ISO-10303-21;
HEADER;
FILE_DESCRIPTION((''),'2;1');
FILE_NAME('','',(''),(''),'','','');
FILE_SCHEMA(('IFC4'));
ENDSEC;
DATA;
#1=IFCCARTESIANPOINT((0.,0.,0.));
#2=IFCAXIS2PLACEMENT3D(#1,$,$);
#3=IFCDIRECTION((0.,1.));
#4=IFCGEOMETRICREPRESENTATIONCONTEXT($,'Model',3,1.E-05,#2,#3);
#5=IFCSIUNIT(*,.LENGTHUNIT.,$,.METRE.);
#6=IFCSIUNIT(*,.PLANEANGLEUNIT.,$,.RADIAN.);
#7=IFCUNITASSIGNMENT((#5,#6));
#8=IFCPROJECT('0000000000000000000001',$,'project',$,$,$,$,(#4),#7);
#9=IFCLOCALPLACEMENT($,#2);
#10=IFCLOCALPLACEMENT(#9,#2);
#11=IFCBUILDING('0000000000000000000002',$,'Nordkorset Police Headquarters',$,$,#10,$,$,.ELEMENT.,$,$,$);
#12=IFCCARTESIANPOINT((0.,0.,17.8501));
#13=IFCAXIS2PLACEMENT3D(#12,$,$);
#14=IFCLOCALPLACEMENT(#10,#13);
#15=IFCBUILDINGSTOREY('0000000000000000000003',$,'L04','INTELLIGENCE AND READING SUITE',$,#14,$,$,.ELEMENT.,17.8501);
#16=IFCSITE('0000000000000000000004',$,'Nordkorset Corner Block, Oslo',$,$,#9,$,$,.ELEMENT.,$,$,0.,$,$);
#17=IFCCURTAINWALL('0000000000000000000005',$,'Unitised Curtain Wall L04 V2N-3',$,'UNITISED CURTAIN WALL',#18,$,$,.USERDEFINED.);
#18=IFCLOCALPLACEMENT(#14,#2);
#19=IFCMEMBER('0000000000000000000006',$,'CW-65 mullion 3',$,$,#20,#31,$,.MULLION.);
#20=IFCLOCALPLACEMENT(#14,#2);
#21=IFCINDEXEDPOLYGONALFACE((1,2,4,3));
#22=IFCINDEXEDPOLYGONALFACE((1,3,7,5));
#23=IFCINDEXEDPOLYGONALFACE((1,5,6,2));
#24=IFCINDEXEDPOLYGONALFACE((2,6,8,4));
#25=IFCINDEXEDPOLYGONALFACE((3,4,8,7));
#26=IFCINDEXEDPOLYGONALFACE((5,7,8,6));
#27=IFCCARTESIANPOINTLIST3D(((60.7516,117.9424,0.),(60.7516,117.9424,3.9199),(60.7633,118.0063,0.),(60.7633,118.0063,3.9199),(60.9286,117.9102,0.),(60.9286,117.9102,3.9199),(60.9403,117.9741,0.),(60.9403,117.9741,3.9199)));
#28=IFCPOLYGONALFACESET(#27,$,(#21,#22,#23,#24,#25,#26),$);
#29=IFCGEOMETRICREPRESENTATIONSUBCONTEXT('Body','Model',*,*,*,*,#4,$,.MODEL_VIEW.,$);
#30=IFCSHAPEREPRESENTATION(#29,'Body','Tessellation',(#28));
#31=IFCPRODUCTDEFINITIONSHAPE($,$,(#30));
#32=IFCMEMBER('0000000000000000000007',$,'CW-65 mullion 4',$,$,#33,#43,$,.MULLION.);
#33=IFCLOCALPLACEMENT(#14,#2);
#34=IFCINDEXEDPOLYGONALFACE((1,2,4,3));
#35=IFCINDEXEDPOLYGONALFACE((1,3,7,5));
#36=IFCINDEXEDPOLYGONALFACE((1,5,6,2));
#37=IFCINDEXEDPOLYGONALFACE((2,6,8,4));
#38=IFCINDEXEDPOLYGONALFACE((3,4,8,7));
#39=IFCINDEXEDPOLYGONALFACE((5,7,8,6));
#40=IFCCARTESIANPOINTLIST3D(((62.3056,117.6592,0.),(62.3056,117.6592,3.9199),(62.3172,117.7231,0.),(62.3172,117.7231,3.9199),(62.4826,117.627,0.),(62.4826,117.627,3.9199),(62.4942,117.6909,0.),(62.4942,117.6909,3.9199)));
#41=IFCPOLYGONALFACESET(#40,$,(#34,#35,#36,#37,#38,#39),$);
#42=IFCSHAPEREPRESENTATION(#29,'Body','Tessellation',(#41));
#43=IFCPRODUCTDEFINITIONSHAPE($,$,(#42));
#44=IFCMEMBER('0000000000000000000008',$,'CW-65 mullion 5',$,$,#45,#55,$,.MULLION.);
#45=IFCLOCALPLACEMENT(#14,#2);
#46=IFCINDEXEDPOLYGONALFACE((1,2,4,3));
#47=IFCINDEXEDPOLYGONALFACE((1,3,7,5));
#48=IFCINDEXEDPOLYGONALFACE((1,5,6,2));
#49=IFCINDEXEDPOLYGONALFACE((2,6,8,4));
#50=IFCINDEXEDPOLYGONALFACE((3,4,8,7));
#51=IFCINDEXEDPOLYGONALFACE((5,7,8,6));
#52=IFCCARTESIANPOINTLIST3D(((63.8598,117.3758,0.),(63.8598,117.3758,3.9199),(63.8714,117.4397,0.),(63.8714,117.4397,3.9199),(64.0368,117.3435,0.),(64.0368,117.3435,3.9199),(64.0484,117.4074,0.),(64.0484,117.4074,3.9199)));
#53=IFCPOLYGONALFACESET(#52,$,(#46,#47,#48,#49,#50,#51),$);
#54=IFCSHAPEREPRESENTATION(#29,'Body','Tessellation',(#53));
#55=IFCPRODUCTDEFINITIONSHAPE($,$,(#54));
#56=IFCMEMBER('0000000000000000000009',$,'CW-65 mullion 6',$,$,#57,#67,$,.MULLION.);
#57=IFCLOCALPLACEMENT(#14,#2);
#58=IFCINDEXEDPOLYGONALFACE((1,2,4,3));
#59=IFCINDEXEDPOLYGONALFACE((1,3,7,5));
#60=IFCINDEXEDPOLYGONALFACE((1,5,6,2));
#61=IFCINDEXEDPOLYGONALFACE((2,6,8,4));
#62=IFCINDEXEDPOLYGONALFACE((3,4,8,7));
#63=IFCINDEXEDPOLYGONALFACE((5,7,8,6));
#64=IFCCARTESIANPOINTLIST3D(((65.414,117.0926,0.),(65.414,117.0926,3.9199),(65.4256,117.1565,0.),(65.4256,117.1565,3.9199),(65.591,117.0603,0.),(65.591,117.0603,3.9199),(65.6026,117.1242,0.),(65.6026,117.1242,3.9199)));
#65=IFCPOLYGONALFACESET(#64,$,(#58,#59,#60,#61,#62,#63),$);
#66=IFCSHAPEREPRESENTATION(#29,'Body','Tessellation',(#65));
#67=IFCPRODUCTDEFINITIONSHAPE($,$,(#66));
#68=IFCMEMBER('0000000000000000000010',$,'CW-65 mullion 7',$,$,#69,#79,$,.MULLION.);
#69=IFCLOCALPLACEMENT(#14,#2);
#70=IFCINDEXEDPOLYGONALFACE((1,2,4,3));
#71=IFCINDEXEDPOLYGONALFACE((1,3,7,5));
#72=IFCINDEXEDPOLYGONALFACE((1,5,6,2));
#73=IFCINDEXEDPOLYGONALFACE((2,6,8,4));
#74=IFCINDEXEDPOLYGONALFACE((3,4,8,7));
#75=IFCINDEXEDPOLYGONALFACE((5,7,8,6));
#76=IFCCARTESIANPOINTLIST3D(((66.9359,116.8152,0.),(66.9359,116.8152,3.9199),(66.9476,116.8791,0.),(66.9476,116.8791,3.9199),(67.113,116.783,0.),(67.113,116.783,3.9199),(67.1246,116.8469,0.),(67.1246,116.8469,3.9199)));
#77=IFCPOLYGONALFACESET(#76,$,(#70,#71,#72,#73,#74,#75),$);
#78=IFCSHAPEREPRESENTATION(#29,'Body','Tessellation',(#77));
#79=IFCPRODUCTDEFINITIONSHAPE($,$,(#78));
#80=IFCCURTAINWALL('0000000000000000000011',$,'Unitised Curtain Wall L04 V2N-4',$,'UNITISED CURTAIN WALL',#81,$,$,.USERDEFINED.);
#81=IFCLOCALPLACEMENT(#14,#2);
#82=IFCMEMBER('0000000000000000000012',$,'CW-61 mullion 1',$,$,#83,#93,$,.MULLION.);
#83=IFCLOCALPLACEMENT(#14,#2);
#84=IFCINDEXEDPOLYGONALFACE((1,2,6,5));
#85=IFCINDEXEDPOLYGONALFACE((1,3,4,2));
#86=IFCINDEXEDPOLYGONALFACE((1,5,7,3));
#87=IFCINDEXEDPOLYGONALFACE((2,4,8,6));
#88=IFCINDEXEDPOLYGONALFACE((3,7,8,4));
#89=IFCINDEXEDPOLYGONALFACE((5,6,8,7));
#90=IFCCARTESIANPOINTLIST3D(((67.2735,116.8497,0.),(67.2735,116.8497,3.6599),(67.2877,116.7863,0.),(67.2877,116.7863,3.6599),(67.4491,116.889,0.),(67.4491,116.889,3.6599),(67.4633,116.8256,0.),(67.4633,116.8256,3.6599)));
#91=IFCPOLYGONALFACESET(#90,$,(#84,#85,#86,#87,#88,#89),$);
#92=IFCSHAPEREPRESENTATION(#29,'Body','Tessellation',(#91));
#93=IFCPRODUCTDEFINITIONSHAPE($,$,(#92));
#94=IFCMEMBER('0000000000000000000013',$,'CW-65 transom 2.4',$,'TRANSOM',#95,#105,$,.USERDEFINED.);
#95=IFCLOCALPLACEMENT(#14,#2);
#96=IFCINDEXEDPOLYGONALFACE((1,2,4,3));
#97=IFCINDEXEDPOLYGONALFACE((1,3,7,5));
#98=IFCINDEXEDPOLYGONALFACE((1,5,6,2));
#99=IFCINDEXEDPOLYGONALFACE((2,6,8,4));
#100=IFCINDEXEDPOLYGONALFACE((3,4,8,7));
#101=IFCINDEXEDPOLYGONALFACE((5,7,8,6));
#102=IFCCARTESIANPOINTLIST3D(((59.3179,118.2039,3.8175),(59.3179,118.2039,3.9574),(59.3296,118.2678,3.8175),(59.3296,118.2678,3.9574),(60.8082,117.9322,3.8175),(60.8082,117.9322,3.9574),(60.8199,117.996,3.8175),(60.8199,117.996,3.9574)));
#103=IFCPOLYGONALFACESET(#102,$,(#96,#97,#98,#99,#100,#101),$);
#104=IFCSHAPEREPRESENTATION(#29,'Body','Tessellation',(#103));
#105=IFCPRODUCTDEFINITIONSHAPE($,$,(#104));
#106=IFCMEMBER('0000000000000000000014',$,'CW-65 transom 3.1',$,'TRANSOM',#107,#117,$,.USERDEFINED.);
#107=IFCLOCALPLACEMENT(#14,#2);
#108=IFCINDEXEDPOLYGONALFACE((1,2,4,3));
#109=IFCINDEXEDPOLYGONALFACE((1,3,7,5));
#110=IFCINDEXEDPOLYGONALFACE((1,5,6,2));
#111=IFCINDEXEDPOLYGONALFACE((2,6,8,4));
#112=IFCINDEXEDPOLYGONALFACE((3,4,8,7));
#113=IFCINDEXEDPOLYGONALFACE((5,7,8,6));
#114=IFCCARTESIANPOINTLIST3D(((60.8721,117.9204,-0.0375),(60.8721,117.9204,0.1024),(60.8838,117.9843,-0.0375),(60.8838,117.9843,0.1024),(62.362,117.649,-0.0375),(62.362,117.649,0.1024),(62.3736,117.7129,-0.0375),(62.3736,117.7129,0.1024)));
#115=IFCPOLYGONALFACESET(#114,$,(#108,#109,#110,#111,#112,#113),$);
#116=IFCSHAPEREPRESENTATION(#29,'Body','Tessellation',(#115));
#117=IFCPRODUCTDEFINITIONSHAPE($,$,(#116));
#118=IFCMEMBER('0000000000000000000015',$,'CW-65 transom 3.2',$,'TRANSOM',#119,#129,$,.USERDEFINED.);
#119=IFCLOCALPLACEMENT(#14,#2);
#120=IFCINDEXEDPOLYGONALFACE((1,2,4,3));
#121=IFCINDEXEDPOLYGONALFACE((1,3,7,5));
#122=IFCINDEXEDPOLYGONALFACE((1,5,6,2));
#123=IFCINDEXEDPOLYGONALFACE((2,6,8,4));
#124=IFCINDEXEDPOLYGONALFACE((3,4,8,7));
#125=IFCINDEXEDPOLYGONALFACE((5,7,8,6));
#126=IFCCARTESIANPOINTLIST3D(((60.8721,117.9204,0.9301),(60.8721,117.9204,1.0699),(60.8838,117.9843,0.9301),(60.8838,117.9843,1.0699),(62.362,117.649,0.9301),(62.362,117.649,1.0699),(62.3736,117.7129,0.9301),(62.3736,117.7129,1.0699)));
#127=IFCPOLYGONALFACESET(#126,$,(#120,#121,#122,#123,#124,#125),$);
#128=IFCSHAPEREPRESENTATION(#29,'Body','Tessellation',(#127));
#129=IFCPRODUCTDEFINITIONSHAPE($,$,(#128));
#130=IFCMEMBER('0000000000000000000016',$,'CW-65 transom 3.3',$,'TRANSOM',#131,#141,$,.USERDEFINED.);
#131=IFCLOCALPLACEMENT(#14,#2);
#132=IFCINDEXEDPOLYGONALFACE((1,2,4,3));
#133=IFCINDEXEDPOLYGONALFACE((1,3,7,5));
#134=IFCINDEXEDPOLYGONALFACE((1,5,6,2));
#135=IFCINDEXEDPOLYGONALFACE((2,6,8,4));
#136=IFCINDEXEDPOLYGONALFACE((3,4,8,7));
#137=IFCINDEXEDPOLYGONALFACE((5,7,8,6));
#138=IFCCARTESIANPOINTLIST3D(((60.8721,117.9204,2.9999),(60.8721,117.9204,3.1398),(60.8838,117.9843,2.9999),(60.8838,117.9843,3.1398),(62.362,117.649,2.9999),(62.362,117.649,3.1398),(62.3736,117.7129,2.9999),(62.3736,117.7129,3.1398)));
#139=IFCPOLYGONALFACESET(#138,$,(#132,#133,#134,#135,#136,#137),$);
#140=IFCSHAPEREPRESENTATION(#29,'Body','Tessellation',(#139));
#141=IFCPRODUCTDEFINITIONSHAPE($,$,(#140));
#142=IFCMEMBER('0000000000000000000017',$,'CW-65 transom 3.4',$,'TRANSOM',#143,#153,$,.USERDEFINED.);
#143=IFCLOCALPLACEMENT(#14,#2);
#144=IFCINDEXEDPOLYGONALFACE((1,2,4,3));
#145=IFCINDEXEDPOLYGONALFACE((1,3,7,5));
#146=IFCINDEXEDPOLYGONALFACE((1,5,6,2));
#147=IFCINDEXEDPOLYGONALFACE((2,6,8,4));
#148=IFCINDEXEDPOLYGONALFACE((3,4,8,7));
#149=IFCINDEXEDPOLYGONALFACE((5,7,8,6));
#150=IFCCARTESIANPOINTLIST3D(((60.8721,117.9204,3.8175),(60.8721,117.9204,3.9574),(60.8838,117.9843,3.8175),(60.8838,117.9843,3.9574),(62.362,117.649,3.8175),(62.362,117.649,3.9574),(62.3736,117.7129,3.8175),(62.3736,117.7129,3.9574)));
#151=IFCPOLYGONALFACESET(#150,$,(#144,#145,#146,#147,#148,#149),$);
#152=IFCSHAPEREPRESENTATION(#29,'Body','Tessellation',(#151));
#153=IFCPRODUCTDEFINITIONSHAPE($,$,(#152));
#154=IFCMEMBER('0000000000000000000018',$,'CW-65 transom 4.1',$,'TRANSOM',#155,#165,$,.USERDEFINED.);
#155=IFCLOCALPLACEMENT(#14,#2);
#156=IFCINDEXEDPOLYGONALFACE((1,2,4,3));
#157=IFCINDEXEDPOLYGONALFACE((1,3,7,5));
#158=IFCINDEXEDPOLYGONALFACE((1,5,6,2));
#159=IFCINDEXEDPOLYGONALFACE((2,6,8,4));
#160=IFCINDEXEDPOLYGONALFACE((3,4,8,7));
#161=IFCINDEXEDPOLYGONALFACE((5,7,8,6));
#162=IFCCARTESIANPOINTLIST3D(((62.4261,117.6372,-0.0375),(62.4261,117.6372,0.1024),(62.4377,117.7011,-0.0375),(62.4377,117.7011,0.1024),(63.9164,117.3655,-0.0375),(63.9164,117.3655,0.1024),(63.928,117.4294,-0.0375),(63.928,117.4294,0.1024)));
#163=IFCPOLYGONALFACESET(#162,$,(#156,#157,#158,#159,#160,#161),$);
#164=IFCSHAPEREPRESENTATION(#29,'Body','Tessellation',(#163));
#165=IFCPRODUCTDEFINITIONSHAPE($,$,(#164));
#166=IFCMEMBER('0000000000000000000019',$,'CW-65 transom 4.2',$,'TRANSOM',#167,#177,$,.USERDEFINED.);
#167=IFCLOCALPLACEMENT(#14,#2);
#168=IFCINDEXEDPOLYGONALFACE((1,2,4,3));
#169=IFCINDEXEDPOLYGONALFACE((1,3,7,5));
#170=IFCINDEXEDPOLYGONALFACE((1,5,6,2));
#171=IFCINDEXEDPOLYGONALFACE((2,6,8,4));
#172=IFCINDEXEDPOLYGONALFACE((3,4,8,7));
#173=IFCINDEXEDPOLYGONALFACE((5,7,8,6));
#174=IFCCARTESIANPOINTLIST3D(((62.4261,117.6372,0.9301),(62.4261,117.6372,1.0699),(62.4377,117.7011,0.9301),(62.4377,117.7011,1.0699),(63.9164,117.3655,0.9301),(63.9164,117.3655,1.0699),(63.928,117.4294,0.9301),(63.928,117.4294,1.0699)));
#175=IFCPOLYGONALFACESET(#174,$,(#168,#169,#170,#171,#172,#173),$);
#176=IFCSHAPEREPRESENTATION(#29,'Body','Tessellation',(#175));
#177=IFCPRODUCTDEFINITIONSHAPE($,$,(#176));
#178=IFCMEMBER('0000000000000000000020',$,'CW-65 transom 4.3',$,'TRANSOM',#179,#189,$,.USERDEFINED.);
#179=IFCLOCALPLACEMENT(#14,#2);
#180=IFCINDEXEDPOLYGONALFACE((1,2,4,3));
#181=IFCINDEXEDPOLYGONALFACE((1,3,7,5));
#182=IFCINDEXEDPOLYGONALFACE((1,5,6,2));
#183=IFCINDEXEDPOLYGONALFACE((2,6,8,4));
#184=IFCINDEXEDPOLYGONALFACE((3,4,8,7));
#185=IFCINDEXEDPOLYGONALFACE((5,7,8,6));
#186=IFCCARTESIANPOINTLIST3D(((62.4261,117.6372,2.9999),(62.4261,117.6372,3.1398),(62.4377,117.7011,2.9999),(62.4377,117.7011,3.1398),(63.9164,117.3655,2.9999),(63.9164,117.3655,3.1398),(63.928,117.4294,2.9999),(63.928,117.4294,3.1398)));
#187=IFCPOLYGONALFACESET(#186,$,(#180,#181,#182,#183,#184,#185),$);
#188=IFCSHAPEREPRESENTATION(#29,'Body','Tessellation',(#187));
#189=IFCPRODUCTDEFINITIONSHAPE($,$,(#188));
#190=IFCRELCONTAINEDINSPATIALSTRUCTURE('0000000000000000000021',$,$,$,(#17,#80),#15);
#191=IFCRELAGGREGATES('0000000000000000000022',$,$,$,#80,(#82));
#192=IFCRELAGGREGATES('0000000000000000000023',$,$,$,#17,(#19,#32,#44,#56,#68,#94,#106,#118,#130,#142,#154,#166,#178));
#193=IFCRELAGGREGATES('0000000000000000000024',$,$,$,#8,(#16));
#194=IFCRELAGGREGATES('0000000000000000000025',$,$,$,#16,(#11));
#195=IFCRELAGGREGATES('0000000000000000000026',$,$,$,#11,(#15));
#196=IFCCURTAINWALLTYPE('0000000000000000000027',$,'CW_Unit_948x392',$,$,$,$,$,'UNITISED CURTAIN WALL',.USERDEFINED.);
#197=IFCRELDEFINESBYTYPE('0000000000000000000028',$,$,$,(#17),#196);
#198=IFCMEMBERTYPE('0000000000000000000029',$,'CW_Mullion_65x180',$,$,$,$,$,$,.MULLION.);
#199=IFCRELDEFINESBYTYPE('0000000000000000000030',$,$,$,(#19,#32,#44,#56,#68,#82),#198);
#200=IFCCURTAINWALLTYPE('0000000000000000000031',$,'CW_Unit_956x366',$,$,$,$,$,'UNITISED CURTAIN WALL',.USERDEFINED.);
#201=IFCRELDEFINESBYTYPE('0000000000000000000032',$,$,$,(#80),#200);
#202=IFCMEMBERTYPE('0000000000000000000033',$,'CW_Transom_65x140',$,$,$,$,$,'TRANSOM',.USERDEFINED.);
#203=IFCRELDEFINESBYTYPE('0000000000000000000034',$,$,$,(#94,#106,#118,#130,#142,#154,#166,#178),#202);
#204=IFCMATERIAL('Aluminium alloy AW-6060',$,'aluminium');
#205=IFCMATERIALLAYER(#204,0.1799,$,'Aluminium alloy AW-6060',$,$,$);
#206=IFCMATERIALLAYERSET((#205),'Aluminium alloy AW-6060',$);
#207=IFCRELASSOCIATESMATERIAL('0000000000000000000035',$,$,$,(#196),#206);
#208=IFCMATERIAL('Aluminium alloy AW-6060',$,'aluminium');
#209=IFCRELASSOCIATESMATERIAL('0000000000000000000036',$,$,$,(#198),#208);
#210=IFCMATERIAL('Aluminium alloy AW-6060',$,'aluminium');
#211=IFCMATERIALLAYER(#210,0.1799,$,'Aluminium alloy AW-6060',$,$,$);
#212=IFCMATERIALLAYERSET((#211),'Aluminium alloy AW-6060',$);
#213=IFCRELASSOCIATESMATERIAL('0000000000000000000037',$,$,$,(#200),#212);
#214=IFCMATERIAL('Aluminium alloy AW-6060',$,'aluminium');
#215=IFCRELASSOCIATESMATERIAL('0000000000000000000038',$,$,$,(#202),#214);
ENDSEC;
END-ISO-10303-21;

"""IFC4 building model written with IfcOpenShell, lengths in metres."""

from ifc_helpers import new_model, si_unit, direction, frame, origin, origin_2d, place, context, subcontext, project, spatial, rectangle, extrude, material, layer, layer_set, material_profile, profile_set, type_object, element, aggregate, save


model = new_model("IFC4")

# Units and contexts
model_context = context("Model", 3, precision=1e-05, world=origin(), true_north=direction((0.0, 1.0)))
body_context = subcontext(model_context, "Body", "Model", "MODEL_VIEW")
ifc_project = project(units=[si_unit("LENGTHUNIT", "METRE"), si_unit("PLANEANGLEUNIT", "RADIAN")], contexts=[model_context])

# Site, building, storey
site_placement = place(None, origin())
site = spatial("IfcSite", under=ifc_project, at=site_placement, Name="Nordkorset Corner Block, Oslo", CompositionType="ELEMENT", RefElevation=0.0)
building_placement = place(site_placement, origin())
building = spatial("IfcBuilding", under=site, at=building_placement, Name="Nordkorset Police Headquarters", CompositionType="ELEMENT")
storey_placement = place(building_placement, frame((0.0, 0.0, 17.8501)))
storey = spatial("IfcBuildingStorey", under=building, at=storey_placement, Name="L04", Description="INTELLIGENCE AND READING SUITE", CompositionType="ELEMENT", Elevation=17.8501)

# Curtain wall, members
ifc_material_1 = material(Name="Aluminium alloy AW-6060", Category="aluminium")
ifc_layer_1 = layer(ifc_material_1, 0.1799, Name="Aluminium alloy AW-6060")
ifc_layer_set_1 = layer_set([ifc_layer_1], Name="Aluminium alloy AW-6060")
curtain_wall_type_1 = type_object("IfcCurtainWallType", Name="CW_Unit_948x392", ElementType="UNITISED CURTAIN WALL", PredefinedType="USERDEFINED", material=ifc_layer_set_1)
curtain_wall_1_placement = place(storey_placement, origin())
curtain_wall_1 = element("IfcCurtainWall", 1, at=curtain_wall_1_placement, inside=storey, type_object=curtain_wall_type_1, Name="Unitised Curtain Wall L04 V2N-3", ObjectType="UNITISED CURTAIN WALL", PredefinedType="USERDEFINED")
ifc_material_2 = material(Name="Aluminium alloy AW-6060", Category="aluminium")
ifc_material_profile_1 = material_profile(ifc_material_2, rectangle(XDim=0.0649, YDim=0.1799, at=origin_2d()), Name="ALU MULL 65x180")
ifc_profile_set_1 = profile_set([ifc_material_profile_1], Name="Aluminium alloy AW-6060")
member_type_1 = type_object("IfcMemberType", Name="CW_Mullion_65x180", PredefinedType="MULLION", material=ifc_profile_set_1)
member_1_placement = place(storey_placement, frame((60.8459, 117.9583, 0.0), z_axis=(0.0, 0.0, 1.0), x_axis=(0.179336, 0.983788, 0.0)))
member_1 = element("IfcMember", 2, at=member_1_placement, type_object=member_type_1, Name="CW-65 mullion 3", PredefinedType="MULLION", context=body_context, shape_type="SweptSolid", body=[
    extrude(rectangle(XDim=0.0649, YDim=0.1799, at=origin_2d()), origin(), (0.0, 0.0, 1.0), 3.9199),
])
member_2_placement = place(storey_placement, frame((62.3999, 117.675, 0.0), z_axis=(0.0, 0.0, 1.0), x_axis=(0.179336, 0.983788, 0.0)))
member_2 = element("IfcMember", 3, at=member_2_placement, type_object=member_type_1, Name="CW-65 mullion 4", PredefinedType="MULLION", context=body_context, shape_type="SweptSolid", body=[
    extrude(rectangle(XDim=0.0649, YDim=0.1799, at=origin_2d()), origin(), (0.0, 0.0, 1.0), 3.9199),
])
member_3_placement = place(storey_placement, frame((63.9541, 117.3916, 0.0), z_axis=(0.0, 0.0, 1.0), x_axis=(0.179336, 0.983788, 0.0)))
member_3 = element("IfcMember", 4, at=member_3_placement, type_object=member_type_1, Name="CW-65 mullion 5", PredefinedType="MULLION", context=body_context, shape_type="SweptSolid", body=[
    extrude(rectangle(XDim=0.0649, YDim=0.1799, at=origin_2d()), origin(), (0.0, 0.0, 1.0), 3.9199),
])
member_4_placement = place(storey_placement, frame((65.5083, 117.1084, 0.0), z_axis=(0.0, 0.0, 1.0), x_axis=(0.179336, 0.983788, 0.0)))
member_4 = element("IfcMember", 5, at=member_4_placement, type_object=member_type_1, Name="CW-65 mullion 6", PredefinedType="MULLION", context=body_context, shape_type="SweptSolid", body=[
    extrude(rectangle(XDim=0.0649, YDim=0.1799, at=origin_2d()), origin(), (0.0, 0.0, 1.0), 3.9199),
])
member_5_placement = place(storey_placement, frame((67.0303, 116.8311, 0.0), z_axis=(0.0, 0.0, 1.0), x_axis=(0.179336, 0.983788, 0.0)))
member_5 = element("IfcMember", 6, at=member_5_placement, type_object=member_type_1, Name="CW-65 mullion 7", PredefinedType="MULLION", context=body_context, shape_type="SweptSolid", body=[
    extrude(rectangle(XDim=0.0649, YDim=0.1799, at=origin_2d()), origin(), (0.0, 0.0, 1.0), 3.9199),
])

# Curtain wall, member
ifc_material_3 = material(Name="Aluminium alloy AW-6060", Category="aluminium")
ifc_layer_2 = layer(ifc_material_3, 0.1799, Name="Aluminium alloy AW-6060")
ifc_layer_set_2 = layer_set([ifc_layer_2], Name="Aluminium alloy AW-6060")
curtain_wall_type_2 = type_object("IfcCurtainWallType", Name="CW_Unit_956x366", ElementType="UNITISED CURTAIN WALL", PredefinedType="USERDEFINED", material=ifc_layer_set_2)
curtain_wall_2_placement = place(storey_placement, origin())
curtain_wall_2 = element("IfcCurtainWall", 7, at=curtain_wall_2_placement, inside=storey, type_object=curtain_wall_type_2, Name="Unitised Curtain Wall L04 V2N-4", ObjectType="UNITISED CURTAIN WALL", PredefinedType="USERDEFINED")
member_6_placement = place(storey_placement, frame((67.3684, 116.8376, 0.0), z_axis=(0.0, 0.0, 1.0), x_axis=(-0.218544, 0.975827, 0.0)))
member_6 = element("IfcMember", 8, at=member_6_placement, type_object=member_type_1, Name="CW-61 mullion 1", PredefinedType="MULLION", context=body_context, shape_type="SweptSolid", body=[
    extrude(rectangle(XDim=0.0649, YDim=0.1799, at=origin_2d()), origin(), (0.0, 0.0, 1.0), 3.6599),
])
aggregate(curtain_wall_2, [member_6])

# Members
ifc_material_4 = material(Name="Aluminium alloy AW-6060", Category="aluminium")
ifc_material_profile_2 = material_profile(ifc_material_4, rectangle(XDim=0.0649, YDim=0.1399, at=origin_2d()), Name="ALU TRAN 65x140")
ifc_profile_set_2 = profile_set([ifc_material_profile_2], Name="Aluminium alloy AW-6060")
member_type_2 = type_object("IfcMemberType", Name="CW_Transom_65x140", ElementType="TRANSOM", PredefinedType="USERDEFINED", material=ifc_profile_set_2)
member_7_placement = place(storey_placement, frame((59.3237, 118.2358, 3.8875), z_axis=(0.98378, -0.179382, 0.0), x_axis=(0.179382, 0.98378, 0.0)))
member_7 = element("IfcMember", 9, at=member_7_placement, type_object=member_type_2, Name="CW-65 transom 2.4", ObjectType="TRANSOM", PredefinedType="USERDEFINED", context=body_context, shape_type="SweptSolid", body=[
    extrude(rectangle(XDim=0.0649, YDim=0.1399, at=origin_2d()), origin(), (0.0, 0.0, 1.0), 1.5149),
])
member_8_placement = place(storey_placement, frame((60.8779, 117.9524, 0.0325), z_axis=(0.983803, -0.179254, 0.0), x_axis=(0.179254, 0.983803, 0.0)))
member_8 = element("IfcMember", 10, at=member_8_placement, type_object=member_type_2, Name="CW-65 transom 3.1", ObjectType="TRANSOM", PredefinedType="USERDEFINED", context=body_context, shape_type="SweptSolid", body=[
    extrude(rectangle(XDim=0.0649, YDim=0.1399, at=origin_2d()), origin(), (0.0, 0.0, 1.0), 1.5144),
])
member_9_placement = place(storey_placement, frame((60.8779, 117.9524, 1.0), z_axis=(0.983803, -0.179254, 0.0), x_axis=(0.179254, 0.983803, 0.0)))
member_9 = element("IfcMember", 11, at=member_9_placement, type_object=member_type_2, Name="CW-65 transom 3.2", ObjectType="TRANSOM", PredefinedType="USERDEFINED", context=body_context, shape_type="SweptSolid", body=[
    extrude(rectangle(XDim=0.0649, YDim=0.1399, at=origin_2d()), origin(), (0.0, 0.0, 1.0), 1.5144),
])
member_10_placement = place(storey_placement, frame((60.8779, 117.9524, 3.0698), z_axis=(0.983803, -0.179254, 0.0), x_axis=(0.179254, 0.983803, 0.0)))
member_10 = element("IfcMember", 12, at=member_10_placement, type_object=member_type_2, Name="CW-65 transom 3.3", ObjectType="TRANSOM", PredefinedType="USERDEFINED", context=body_context, shape_type="SweptSolid", body=[
    extrude(rectangle(XDim=0.0649, YDim=0.1399, at=origin_2d()), origin(), (0.0, 0.0, 1.0), 1.5144),
])
member_11_placement = place(storey_placement, frame((60.8779, 117.9524, 3.8875), z_axis=(0.983803, -0.179254, 0.0), x_axis=(0.179254, 0.983803, 0.0)))
member_11 = element("IfcMember", 13, at=member_11_placement, type_object=member_type_2, Name="CW-65 transom 3.4", ObjectType="TRANSOM", PredefinedType="USERDEFINED", context=body_context, shape_type="SweptSolid", body=[
    extrude(rectangle(XDim=0.0649, YDim=0.1399, at=origin_2d()), origin(), (0.0, 0.0, 1.0), 1.5144),
])
member_12_placement = place(storey_placement, frame((62.4319, 117.6692, 0.0325), z_axis=(0.98378, -0.179382, 0.0), x_axis=(0.179382, 0.98378, 0.0)))
member_12 = element("IfcMember", 14, at=member_12_placement, type_object=member_type_2, Name="CW-65 transom 4.1", ObjectType="TRANSOM", PredefinedType="USERDEFINED", context=body_context, shape_type="SweptSolid", body=[
    extrude(rectangle(XDim=0.0649, YDim=0.1399, at=origin_2d()), origin(), (0.0, 0.0, 1.0), 1.5149),
])
member_13_placement = place(storey_placement, frame((62.4319, 117.6692, 1.0), z_axis=(0.98378, -0.179382, 0.0), x_axis=(0.179382, 0.98378, 0.0)))
member_13 = element("IfcMember", 15, at=member_13_placement, type_object=member_type_2, Name="CW-65 transom 4.2", ObjectType="TRANSOM", PredefinedType="USERDEFINED", context=body_context, shape_type="SweptSolid", body=[
    extrude(rectangle(XDim=0.0649, YDim=0.1399, at=origin_2d()), origin(), (0.0, 0.0, 1.0), 1.5149),
])
member_14_placement = place(storey_placement, frame((62.4319, 117.6692, 3.0698), z_axis=(0.98378, -0.179382, 0.0), x_axis=(0.179382, 0.98378, 0.0)))
member_14 = element("IfcMember", 16, at=member_14_placement, type_object=member_type_2, Name="CW-65 transom 4.3", ObjectType="TRANSOM", PredefinedType="USERDEFINED", context=body_context, shape_type="SweptSolid", body=[
    extrude(rectangle(XDim=0.0649, YDim=0.1399, at=origin_2d()), origin(), (0.0, 0.0, 1.0), 1.5149),
])

aggregate(curtain_wall_1, [member_1, member_2, member_3, member_4, member_5, member_7, member_8, member_9, member_10, member_11, member_12, member_13, member_14])

save(model, "model.ifc")
